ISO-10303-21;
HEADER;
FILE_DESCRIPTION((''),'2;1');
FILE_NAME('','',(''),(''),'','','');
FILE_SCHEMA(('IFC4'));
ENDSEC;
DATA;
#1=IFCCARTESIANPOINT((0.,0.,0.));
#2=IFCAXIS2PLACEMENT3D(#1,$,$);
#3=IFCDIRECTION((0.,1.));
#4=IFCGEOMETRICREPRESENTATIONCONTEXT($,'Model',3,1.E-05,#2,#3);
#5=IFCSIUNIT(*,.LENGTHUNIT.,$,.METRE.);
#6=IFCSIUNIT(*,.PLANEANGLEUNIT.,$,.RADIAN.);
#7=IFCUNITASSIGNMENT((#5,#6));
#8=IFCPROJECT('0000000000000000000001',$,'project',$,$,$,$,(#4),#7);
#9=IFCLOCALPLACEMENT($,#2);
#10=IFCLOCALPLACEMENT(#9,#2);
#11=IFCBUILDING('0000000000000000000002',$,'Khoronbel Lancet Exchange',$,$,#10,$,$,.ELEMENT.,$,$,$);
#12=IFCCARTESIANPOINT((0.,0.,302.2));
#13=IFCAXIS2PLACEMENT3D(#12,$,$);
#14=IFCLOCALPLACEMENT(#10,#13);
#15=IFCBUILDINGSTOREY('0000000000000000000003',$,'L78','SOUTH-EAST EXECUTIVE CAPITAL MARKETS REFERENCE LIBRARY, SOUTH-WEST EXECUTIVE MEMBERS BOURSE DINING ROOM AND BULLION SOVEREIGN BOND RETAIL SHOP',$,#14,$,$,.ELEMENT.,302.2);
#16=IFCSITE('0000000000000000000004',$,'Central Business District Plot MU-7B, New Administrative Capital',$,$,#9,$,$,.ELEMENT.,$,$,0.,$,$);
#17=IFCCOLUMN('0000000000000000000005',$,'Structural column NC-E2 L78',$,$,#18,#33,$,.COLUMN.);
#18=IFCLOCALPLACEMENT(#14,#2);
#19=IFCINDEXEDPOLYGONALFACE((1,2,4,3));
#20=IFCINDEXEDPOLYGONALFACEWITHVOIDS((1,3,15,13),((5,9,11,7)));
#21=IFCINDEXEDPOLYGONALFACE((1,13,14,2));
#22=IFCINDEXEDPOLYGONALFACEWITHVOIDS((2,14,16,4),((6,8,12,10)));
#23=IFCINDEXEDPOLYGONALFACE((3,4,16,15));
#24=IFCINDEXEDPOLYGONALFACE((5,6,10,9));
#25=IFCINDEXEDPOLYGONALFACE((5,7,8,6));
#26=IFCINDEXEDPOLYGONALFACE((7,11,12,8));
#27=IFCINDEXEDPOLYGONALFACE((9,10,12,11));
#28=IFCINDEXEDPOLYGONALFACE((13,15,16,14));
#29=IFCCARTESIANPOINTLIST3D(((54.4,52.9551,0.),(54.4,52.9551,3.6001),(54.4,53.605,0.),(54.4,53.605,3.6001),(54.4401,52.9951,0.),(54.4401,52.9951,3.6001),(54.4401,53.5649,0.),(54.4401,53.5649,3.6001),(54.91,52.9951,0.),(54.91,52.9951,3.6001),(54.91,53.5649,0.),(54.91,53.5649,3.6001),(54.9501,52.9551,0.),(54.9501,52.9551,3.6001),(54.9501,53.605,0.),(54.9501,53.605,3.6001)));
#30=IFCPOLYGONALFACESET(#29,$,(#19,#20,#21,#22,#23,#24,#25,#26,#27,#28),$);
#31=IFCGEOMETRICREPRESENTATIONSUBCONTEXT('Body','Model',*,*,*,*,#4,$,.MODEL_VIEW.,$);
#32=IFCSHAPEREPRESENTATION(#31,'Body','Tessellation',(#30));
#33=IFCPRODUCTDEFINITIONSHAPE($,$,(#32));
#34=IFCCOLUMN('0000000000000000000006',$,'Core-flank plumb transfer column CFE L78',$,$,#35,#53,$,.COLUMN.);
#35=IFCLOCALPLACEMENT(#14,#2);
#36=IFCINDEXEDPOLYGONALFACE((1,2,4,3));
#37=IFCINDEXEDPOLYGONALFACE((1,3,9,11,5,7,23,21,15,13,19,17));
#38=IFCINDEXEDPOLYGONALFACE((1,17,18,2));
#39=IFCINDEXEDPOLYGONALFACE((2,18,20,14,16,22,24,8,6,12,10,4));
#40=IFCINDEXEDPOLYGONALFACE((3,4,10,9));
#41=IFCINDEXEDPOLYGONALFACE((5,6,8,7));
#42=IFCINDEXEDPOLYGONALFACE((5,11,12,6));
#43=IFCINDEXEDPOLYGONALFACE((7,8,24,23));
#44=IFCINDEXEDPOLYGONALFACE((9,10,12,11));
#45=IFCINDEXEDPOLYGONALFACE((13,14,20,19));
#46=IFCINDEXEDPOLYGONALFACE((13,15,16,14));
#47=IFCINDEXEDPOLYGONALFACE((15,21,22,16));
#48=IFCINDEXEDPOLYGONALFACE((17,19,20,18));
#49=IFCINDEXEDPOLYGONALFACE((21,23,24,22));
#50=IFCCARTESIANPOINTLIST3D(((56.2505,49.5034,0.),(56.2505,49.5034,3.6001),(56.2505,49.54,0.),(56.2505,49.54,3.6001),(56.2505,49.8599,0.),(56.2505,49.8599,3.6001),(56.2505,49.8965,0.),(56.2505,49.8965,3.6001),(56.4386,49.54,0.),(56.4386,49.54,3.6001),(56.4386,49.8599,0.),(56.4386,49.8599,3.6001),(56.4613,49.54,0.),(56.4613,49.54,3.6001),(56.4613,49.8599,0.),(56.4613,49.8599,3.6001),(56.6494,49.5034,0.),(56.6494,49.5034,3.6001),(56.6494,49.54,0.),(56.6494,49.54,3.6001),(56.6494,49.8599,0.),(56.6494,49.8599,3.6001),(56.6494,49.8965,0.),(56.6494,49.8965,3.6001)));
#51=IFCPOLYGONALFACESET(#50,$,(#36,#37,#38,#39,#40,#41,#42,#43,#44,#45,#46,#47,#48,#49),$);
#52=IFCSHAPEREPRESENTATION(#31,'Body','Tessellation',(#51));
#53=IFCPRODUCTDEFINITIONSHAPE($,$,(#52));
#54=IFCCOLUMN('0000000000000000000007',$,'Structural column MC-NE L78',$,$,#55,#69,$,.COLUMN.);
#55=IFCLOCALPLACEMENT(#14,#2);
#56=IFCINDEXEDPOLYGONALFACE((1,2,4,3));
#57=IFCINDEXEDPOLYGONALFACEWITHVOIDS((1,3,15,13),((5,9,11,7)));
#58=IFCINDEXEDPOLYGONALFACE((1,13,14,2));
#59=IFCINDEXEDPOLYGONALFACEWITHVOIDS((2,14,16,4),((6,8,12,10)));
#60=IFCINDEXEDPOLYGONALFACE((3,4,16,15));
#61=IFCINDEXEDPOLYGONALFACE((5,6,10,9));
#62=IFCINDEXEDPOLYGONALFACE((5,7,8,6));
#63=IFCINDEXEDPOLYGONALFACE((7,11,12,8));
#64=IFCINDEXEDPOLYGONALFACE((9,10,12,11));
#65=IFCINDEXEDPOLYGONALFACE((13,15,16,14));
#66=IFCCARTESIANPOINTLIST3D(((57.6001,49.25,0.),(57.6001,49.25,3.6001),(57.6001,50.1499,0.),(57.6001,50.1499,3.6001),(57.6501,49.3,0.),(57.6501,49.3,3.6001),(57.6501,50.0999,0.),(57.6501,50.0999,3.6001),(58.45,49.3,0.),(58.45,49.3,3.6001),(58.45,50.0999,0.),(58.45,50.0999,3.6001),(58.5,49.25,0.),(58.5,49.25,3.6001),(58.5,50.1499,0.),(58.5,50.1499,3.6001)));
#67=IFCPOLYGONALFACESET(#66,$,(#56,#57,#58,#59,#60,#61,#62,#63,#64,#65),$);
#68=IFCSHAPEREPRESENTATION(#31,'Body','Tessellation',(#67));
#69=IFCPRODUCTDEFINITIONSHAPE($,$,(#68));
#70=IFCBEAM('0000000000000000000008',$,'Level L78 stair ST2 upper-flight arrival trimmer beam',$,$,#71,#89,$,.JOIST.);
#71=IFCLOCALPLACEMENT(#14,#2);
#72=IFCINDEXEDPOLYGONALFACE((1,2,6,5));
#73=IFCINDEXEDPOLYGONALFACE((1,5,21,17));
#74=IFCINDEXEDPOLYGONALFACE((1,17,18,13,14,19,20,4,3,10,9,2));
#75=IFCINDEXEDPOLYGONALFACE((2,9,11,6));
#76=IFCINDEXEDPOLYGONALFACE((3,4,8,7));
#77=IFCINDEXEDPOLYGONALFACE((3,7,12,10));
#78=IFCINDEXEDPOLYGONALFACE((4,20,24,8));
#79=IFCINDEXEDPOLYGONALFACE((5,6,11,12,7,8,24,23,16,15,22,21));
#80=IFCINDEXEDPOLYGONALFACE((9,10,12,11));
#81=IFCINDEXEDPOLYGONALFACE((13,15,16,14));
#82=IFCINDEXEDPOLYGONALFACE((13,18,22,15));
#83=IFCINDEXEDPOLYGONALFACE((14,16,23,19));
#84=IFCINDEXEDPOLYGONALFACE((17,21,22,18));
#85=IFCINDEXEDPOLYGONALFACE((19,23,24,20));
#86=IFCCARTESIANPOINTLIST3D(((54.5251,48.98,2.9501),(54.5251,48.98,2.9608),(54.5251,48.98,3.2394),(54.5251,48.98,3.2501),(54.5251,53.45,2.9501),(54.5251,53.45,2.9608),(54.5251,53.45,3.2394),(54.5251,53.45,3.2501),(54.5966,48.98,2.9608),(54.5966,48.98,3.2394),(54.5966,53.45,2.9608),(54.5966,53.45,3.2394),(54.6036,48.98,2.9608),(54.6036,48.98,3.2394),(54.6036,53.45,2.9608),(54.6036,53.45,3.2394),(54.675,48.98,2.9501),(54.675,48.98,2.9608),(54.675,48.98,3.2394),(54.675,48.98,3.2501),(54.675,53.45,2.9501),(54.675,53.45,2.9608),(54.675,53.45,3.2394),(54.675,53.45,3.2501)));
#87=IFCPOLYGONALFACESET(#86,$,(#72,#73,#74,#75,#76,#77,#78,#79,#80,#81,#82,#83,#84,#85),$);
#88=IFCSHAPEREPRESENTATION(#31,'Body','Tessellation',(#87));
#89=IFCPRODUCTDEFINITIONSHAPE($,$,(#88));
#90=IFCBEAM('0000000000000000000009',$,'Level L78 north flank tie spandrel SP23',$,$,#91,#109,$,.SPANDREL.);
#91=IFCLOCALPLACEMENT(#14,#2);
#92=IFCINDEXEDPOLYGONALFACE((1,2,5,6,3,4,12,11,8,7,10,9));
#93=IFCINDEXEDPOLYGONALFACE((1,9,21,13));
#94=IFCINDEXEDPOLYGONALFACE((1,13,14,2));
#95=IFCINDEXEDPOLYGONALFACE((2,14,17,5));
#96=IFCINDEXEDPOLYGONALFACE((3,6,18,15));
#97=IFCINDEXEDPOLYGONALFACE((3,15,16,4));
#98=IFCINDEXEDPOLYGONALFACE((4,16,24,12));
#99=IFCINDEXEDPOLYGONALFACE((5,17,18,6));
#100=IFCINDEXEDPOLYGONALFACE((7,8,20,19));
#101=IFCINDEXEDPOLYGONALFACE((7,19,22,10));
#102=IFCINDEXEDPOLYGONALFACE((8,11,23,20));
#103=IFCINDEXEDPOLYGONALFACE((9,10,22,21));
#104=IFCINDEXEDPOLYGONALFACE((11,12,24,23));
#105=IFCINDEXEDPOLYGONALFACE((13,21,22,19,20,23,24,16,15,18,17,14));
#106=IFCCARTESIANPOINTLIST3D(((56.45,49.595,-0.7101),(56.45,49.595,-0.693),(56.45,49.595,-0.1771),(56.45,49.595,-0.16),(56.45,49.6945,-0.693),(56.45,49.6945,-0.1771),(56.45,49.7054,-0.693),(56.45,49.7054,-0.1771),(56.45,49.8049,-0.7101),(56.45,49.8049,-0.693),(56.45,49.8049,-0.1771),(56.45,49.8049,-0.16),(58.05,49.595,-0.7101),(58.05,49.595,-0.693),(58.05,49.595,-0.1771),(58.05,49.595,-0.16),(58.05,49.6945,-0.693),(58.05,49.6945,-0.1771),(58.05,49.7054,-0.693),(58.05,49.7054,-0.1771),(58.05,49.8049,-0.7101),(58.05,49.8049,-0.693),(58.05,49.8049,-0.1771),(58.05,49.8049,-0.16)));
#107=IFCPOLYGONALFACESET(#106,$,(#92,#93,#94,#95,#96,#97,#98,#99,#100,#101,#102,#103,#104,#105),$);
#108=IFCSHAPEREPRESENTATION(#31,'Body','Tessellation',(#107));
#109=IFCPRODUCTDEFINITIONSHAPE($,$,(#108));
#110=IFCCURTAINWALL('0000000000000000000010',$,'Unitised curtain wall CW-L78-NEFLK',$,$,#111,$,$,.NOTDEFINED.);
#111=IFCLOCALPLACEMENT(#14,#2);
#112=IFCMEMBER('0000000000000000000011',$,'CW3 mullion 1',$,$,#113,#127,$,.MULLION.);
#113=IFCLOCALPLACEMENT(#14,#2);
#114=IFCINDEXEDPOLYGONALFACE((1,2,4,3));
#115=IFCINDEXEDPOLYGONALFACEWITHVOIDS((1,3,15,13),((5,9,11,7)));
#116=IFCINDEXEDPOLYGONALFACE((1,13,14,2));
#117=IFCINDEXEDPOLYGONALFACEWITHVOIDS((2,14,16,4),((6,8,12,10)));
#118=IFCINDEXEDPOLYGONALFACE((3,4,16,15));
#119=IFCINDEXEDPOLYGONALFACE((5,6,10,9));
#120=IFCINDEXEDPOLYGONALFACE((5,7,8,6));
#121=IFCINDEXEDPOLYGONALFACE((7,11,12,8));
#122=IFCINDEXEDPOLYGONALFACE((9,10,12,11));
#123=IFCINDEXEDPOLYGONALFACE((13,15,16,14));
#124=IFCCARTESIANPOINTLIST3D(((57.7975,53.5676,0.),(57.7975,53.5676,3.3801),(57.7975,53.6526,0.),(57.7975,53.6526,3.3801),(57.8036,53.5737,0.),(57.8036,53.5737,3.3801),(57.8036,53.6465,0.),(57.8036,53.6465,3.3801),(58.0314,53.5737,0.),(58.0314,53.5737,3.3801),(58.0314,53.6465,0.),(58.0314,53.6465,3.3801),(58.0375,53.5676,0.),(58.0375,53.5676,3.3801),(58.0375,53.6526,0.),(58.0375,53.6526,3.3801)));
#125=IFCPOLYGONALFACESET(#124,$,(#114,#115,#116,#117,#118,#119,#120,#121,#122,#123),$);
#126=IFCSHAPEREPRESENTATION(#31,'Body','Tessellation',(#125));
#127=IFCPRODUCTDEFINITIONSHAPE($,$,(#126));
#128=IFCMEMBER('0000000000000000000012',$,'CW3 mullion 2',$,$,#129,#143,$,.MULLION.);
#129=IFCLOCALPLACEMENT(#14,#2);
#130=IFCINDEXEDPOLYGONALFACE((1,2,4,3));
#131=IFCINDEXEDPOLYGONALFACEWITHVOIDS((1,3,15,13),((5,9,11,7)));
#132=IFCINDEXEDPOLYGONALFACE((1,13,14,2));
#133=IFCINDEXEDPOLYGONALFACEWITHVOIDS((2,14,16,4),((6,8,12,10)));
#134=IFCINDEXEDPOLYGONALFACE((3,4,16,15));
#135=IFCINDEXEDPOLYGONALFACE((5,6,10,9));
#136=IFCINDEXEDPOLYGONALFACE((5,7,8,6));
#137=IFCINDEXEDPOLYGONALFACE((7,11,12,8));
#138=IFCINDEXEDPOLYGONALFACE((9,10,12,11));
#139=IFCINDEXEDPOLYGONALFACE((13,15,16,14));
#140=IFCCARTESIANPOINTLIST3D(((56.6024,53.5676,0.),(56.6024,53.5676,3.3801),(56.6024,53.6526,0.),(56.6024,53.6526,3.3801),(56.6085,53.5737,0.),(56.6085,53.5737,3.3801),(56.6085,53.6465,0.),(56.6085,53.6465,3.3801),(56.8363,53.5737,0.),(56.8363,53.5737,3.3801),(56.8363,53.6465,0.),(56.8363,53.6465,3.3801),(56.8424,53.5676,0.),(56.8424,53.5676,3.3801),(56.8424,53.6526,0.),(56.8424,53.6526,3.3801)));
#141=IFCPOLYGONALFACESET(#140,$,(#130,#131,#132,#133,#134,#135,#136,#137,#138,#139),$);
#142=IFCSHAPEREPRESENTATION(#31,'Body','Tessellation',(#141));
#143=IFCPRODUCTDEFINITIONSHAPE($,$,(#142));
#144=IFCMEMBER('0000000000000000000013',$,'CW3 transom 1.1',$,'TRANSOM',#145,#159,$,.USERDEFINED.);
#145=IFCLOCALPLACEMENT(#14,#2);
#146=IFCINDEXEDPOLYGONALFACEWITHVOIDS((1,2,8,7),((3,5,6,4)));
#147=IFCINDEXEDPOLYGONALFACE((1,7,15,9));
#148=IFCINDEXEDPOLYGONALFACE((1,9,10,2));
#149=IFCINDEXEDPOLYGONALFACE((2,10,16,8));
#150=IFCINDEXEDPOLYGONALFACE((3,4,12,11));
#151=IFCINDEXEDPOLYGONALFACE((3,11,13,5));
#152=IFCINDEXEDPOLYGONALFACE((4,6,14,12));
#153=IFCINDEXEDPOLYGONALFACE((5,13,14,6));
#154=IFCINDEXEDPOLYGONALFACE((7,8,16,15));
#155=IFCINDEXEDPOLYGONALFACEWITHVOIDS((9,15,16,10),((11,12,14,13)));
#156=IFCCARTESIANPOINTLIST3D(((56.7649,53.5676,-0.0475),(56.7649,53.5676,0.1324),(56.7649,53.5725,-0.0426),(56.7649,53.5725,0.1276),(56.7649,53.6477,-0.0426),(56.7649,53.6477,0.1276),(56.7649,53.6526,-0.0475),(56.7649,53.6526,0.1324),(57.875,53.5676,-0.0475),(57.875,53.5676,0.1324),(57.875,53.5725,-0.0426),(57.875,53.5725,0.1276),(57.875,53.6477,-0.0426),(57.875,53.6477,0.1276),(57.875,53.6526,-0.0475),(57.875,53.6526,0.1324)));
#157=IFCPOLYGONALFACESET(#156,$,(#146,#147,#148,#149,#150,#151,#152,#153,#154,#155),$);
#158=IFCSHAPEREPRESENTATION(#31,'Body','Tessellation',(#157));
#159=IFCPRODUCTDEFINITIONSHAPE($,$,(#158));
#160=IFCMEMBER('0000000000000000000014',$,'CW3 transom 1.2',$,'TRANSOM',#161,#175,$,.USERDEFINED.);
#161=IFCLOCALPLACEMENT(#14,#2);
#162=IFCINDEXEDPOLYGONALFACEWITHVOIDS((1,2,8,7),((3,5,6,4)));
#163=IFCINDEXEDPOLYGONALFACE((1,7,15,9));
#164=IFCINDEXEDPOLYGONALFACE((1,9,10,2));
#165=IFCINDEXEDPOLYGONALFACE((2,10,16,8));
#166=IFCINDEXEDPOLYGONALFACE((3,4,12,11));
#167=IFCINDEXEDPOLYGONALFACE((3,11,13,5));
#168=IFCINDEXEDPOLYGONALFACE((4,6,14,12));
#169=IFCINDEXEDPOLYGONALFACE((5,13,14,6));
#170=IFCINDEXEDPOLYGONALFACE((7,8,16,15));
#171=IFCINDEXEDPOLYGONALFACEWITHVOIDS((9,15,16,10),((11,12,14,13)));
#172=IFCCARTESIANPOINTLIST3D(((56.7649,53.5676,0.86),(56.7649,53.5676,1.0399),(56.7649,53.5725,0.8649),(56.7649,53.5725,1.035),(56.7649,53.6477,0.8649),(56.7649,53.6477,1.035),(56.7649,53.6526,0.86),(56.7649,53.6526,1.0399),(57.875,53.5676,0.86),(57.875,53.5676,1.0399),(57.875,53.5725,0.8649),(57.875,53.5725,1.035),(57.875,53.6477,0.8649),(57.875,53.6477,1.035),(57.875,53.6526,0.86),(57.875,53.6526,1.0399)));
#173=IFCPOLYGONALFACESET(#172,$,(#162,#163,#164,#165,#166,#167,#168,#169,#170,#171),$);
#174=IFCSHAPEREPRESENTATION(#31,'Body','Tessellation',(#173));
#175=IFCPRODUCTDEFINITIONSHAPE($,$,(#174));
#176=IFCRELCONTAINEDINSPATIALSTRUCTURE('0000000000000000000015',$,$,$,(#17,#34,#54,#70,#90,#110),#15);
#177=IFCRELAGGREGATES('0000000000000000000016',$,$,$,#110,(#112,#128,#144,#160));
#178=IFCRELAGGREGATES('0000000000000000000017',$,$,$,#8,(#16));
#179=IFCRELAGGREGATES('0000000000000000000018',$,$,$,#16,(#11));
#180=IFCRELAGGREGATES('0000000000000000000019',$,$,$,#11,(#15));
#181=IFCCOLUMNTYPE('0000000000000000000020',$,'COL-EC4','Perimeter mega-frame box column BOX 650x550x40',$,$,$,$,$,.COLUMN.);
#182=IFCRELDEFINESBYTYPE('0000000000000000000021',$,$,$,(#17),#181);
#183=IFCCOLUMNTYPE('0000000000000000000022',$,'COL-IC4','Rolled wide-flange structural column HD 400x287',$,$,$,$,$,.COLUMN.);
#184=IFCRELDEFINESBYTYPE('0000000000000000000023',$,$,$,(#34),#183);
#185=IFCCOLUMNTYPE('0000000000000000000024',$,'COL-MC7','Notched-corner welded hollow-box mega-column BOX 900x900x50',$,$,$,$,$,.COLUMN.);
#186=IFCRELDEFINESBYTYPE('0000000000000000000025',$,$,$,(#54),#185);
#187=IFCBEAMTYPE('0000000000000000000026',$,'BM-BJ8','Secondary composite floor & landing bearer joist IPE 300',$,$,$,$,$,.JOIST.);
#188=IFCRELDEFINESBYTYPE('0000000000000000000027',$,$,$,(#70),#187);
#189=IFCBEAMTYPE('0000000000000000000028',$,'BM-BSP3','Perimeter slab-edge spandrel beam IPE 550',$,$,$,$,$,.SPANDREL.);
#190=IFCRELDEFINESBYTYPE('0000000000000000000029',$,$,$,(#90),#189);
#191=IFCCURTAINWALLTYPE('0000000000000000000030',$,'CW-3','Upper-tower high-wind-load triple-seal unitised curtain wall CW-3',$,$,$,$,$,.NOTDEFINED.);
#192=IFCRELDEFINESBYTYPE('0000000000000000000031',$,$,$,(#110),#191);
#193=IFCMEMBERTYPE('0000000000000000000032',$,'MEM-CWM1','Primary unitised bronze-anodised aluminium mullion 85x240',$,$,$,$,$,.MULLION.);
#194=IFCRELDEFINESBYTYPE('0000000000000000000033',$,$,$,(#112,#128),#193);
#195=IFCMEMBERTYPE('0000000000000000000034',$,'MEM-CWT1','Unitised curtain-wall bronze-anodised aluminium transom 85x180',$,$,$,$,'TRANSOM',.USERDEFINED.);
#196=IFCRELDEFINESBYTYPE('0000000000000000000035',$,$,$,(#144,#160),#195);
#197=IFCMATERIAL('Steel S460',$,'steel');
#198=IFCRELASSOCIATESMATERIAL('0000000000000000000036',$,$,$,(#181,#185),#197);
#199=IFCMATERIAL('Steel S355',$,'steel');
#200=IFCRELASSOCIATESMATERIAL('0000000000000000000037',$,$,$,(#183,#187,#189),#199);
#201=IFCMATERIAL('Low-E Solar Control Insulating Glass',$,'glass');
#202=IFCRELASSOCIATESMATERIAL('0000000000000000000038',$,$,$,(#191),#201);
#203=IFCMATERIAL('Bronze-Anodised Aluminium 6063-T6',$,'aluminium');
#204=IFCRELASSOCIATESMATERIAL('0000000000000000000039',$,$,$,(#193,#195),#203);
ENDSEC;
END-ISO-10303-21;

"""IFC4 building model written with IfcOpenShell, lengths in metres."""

from ifc_helpers import new_model, si_unit, direction, frame, origin, origin_2d, place, context, subcontext, project, spatial, hollow_rectangle, i_section, extrude, material, material_profile, profile_set, type_object, element, aggregate, save


model = new_model("IFC4")

# Units and contexts
model_context = context("Model", 3, precision=1e-05, world=origin(), true_north=direction((0.0, 1.0)))
body_context = subcontext(model_context, "Body", "Model", "MODEL_VIEW")
ifc_project = project(units=[si_unit("LENGTHUNIT", "METRE"), si_unit("PLANEANGLEUNIT", "RADIAN")], contexts=[model_context])

# Site, building, storey
site_placement = place(None, origin())
site = spatial("IfcSite", under=ifc_project, at=site_placement, Name="Central Business District Plot MU-7B, New Administrative Capital", CompositionType="ELEMENT", RefElevation=0.0)
building_placement = place(site_placement, origin())
building = spatial("IfcBuilding", under=site, at=building_placement, Name="Khoronbel Lancet Exchange", CompositionType="ELEMENT")
storey_placement = place(building_placement, frame((0.0, 0.0, 302.2)))
storey = spatial("IfcBuildingStorey", under=building, at=storey_placement, Name="L78", Description="SOUTH-EAST EXECUTIVE CAPITAL MARKETS REFERENCE LIBRARY, SOUTH-WEST EXECUTIVE MEMBERS BOURSE DINING ROOM AND BULLION SOVEREIGN BOND RETAIL SHOP", CompositionType="ELEMENT", Elevation=302.2)

# Columns
ifc_material_1 = material(Name="Steel S460", Category="steel")
ifc_material_profile_1 = material_profile(ifc_material_1, hollow_rectangle(XDim=0.55, YDim=0.6499, WallThickness=0.04, at=origin_2d()), Name="BOX 650x550x40")
ifc_profile_set_1 = profile_set([ifc_material_profile_1], Name="Steel S460")
column_type_1 = type_object("IfcColumnType", Name="COL-EC4", Description="Perimeter mega-frame box column BOX 650x550x40", PredefinedType="COLUMN", material=ifc_profile_set_1)
column_1_placement = place(storey_placement, frame((54.675, 53.28, 0.0), z_axis=(0.0, 0.0, 1.0), x_axis=(1.0, 0.0, 0.0)))
element("IfcColumn", 1, at=column_1_placement, inside=storey, type_object=column_type_1, Name="Structural column NC-E2 L78", PredefinedType="COLUMN", context=body_context, shape_type="SweptSolid", body=[
    extrude(hollow_rectangle(XDim=0.55, YDim=0.6499, WallThickness=0.04, at=origin_2d()), origin(), (0.0, 0.0, 1.0), 3.6001),
])
ifc_material_2 = material(Name="Steel S355", Category="steel")
ifc_material_profile_2 = material_profile(ifc_material_2, i_section(OverallWidth=0.3989, OverallDepth=0.3931, WebThickness=0.0227, FlangeThickness=0.0366, at=origin_2d()), Name="HD 400x287")
ifc_profile_set_2 = profile_set([ifc_material_profile_2], Name="Steel S355")
column_type_2 = type_object("IfcColumnType", Name="COL-IC4", Description="Rolled wide-flange structural column HD 400x287", PredefinedType="COLUMN", material=ifc_profile_set_2)
column_2_placement = place(storey_placement, frame((56.45, 49.7, 0.0), z_axis=(0.0, 0.0, 1.0), x_axis=(1.0, 0.0, 0.0)))
element("IfcColumn", 2, at=column_2_placement, inside=storey, type_object=column_type_2, Name="Core-flank plumb transfer column CFE L78", PredefinedType="COLUMN", context=body_context, shape_type="SweptSolid", body=[
    extrude(i_section(OverallWidth=0.3989, OverallDepth=0.3931, WebThickness=0.0227, FlangeThickness=0.0366, at=origin_2d()), origin(), (0.0, 0.0, 1.0), 3.6001),
])
ifc_material_profile_3 = material_profile(ifc_material_1, hollow_rectangle(XDim=0.8999, YDim=0.8999, WallThickness=0.05, at=origin_2d()), Name="BOX 900x900x50")
ifc_profile_set_3 = profile_set([ifc_material_profile_3], Name="Steel S460")
column_type_3 = type_object("IfcColumnType", Name="COL-MC7", Description="Notched-corner welded hollow-box mega-column BOX 900x900x50", PredefinedType="COLUMN", material=ifc_profile_set_3)
column_3_placement = place(storey_placement, frame((58.05, 49.7, 0.0), z_axis=(0.0, 0.0, 1.0), x_axis=(1.0, 0.0, 0.0)))
element("IfcColumn", 3, at=column_3_placement, inside=storey, type_object=column_type_3, Name="Structural column MC-NE L78", PredefinedType="COLUMN", context=body_context, shape_type="SweptSolid", body=[
    extrude(hollow_rectangle(XDim=0.8999, YDim=0.8999, WallThickness=0.05, at=origin_2d()), origin(), (0.0, 0.0, 1.0), 3.6001),
])

# Beams
ifc_material_profile_4 = material_profile(ifc_material_2, i_section(OverallWidth=0.1499, OverallDepth=0.3, WebThickness=0.0071, FlangeThickness=0.0107, at=origin_2d()), Name="IPE 300")
ifc_profile_set_4 = profile_set([ifc_material_profile_4], Name="Steel S355")
beam_type_1 = type_object("IfcBeamType", Name="BM-BJ8", Description="Secondary composite floor & landing bearer joist IPE 300", PredefinedType="JOIST", material=ifc_profile_set_4)
beam_1_placement = place(storey_placement, frame((54.6001, 48.98, 3.1001), z_axis=(0.0, 1.0, 0.0), x_axis=(-1.0, 0.0, 0.0)))
element("IfcBeam", 4, at=beam_1_placement, inside=storey, type_object=beam_type_1, Name="Level L78 stair ST2 upper-flight arrival trimmer beam", PredefinedType="JOIST", context=body_context, shape_type="SweptSolid", body=[
    extrude(i_section(OverallWidth=0.1499, OverallDepth=0.3, WebThickness=0.0071, FlangeThickness=0.0107, at=origin_2d()), origin(), (0.0, 0.0, 1.0), 4.47),
])
ifc_material_profile_5 = material_profile(ifc_material_2, i_section(OverallWidth=0.21, OverallDepth=0.55, WebThickness=0.011, FlangeThickness=0.0171, at=origin_2d()), Name="IPE 550")
ifc_profile_set_5 = profile_set([ifc_material_profile_5], Name="Steel S355")
beam_type_2 = type_object("IfcBeamType", Name="BM-BSP3", Description="Perimeter slab-edge spandrel beam IPE 550", PredefinedType="SPANDREL", material=ifc_profile_set_5)
beam_2_placement = place(storey_placement, frame((58.05, 49.7, -0.4351), z_axis=(-1.0, 0.0, 0.0), x_axis=(0.0, -1.0, 0.0)))
element("IfcBeam", 5, at=beam_2_placement, inside=storey, type_object=beam_type_2, Name="Level L78 north flank tie spandrel SP23", PredefinedType="SPANDREL", context=body_context, shape_type="SweptSolid", body=[
    extrude(i_section(OverallWidth=0.21, OverallDepth=0.55, WebThickness=0.011, FlangeThickness=0.0171, at=origin_2d()), origin(), (0.0, 0.0, 1.0), 1.6001),
])

# Curtain wall, members
ifc_material_3 = material(Name="Low-E Solar Control Insulating Glass", Category="glass")
curtain_wall_type = type_object("IfcCurtainWallType", Name="CW-3", Description="Upper-tower high-wind-load triple-seal unitised curtain wall CW-3", PredefinedType="NOTDEFINED", material=ifc_material_3)
curtain_wall_placement = place(storey_placement, origin())
curtain_wall = element("IfcCurtainWall", 6, at=curtain_wall_placement, inside=storey, type_object=curtain_wall_type, Name="Unitised curtain wall CW-L78-NEFLK", PredefinedType="NOTDEFINED")
ifc_material_4 = material(Name="Bronze-Anodised Aluminium 6063-T6", Category="aluminium")
ifc_material_profile_6 = material_profile(ifc_material_4, hollow_rectangle(XDim=0.085, YDim=0.24, WallThickness=0.0061, at=origin_2d()), Name="ALU MULLION 85x240")
ifc_profile_set_6 = profile_set([ifc_material_profile_6], Name="Bronze-Anodised Aluminium 6063-T6")
member_type_1 = type_object("IfcMemberType", Name="MEM-CWM1", Description="Primary unitised bronze-anodised aluminium mullion 85x240", PredefinedType="MULLION", material=ifc_profile_set_6)
member_1_placement = place(storey_placement, frame((57.9175, 53.6101, 0.0), z_axis=(0.0, 0.0, 1.0), x_axis=(0.0, -1.0, 0.0)))
member_1 = element("IfcMember", 7, at=member_1_placement, type_object=member_type_1, Name="CW3 mullion 1", PredefinedType="MULLION", context=body_context, shape_type="SweptSolid", body=[
    extrude(hollow_rectangle(XDim=0.085, YDim=0.24, WallThickness=0.0061, at=origin_2d()), origin(), (0.0, 0.0, 1.0), 3.3801),
])
member_2_placement = place(storey_placement, frame((56.7224, 53.6101, 0.0), z_axis=(0.0, 0.0, 1.0), x_axis=(0.0, -1.0, 0.0)))
member_2 = element("IfcMember", 8, at=member_2_placement, type_object=member_type_1, Name="CW3 mullion 2", PredefinedType="MULLION", context=body_context, shape_type="SweptSolid", body=[
    extrude(hollow_rectangle(XDim=0.085, YDim=0.24, WallThickness=0.0061, at=origin_2d()), origin(), (0.0, 0.0, 1.0), 3.3801),
])
ifc_material_profile_7 = material_profile(ifc_material_4, hollow_rectangle(XDim=0.085, YDim=0.1799, WallThickness=0.0049, at=origin_2d()), Name="ALU TRANSOM 85x180")
ifc_profile_set_7 = profile_set([ifc_material_profile_7], Name="Bronze-Anodised Aluminium 6063-T6")
member_type_2 = type_object("IfcMemberType", Name="MEM-CWT1", Description="Unitised curtain-wall bronze-anodised aluminium transom 85x180", ElementType="TRANSOM", PredefinedType="USERDEFINED", material=ifc_profile_set_7)
member_3_placement = place(storey_placement, frame((57.875, 53.6101, 0.0425), z_axis=(-1.0, 0.0, 0.0), x_axis=(0.0, -1.0, 0.0)))
member_3 = element("IfcMember", 9, at=member_3_placement, type_object=member_type_2, Name="CW3 transom 1.1", ObjectType="TRANSOM", PredefinedType="USERDEFINED", context=body_context, shape_type="SweptSolid", body=[
    extrude(hollow_rectangle(XDim=0.085, YDim=0.1799, WallThickness=0.0049, at=origin_2d()), origin(), (0.0, 0.0, 1.0), 1.1101),
])
member_4_placement = place(storey_placement, frame((57.875, 53.6101, 0.95), z_axis=(-1.0, 0.0, 0.0), x_axis=(0.0, -1.0, 0.0)))
member_4 = element("IfcMember", 10, at=member_4_placement, type_object=member_type_2, Name="CW3 transom 1.2", ObjectType="TRANSOM", PredefinedType="USERDEFINED", context=body_context, shape_type="SweptSolid", body=[
    extrude(hollow_rectangle(XDim=0.085, YDim=0.1799, WallThickness=0.0049, at=origin_2d()), origin(), (0.0, 0.0, 1.0), 1.1101),
])

aggregate(curtain_wall, [member_1, member_2, member_3, member_4])

save(model, "model.ifc")
